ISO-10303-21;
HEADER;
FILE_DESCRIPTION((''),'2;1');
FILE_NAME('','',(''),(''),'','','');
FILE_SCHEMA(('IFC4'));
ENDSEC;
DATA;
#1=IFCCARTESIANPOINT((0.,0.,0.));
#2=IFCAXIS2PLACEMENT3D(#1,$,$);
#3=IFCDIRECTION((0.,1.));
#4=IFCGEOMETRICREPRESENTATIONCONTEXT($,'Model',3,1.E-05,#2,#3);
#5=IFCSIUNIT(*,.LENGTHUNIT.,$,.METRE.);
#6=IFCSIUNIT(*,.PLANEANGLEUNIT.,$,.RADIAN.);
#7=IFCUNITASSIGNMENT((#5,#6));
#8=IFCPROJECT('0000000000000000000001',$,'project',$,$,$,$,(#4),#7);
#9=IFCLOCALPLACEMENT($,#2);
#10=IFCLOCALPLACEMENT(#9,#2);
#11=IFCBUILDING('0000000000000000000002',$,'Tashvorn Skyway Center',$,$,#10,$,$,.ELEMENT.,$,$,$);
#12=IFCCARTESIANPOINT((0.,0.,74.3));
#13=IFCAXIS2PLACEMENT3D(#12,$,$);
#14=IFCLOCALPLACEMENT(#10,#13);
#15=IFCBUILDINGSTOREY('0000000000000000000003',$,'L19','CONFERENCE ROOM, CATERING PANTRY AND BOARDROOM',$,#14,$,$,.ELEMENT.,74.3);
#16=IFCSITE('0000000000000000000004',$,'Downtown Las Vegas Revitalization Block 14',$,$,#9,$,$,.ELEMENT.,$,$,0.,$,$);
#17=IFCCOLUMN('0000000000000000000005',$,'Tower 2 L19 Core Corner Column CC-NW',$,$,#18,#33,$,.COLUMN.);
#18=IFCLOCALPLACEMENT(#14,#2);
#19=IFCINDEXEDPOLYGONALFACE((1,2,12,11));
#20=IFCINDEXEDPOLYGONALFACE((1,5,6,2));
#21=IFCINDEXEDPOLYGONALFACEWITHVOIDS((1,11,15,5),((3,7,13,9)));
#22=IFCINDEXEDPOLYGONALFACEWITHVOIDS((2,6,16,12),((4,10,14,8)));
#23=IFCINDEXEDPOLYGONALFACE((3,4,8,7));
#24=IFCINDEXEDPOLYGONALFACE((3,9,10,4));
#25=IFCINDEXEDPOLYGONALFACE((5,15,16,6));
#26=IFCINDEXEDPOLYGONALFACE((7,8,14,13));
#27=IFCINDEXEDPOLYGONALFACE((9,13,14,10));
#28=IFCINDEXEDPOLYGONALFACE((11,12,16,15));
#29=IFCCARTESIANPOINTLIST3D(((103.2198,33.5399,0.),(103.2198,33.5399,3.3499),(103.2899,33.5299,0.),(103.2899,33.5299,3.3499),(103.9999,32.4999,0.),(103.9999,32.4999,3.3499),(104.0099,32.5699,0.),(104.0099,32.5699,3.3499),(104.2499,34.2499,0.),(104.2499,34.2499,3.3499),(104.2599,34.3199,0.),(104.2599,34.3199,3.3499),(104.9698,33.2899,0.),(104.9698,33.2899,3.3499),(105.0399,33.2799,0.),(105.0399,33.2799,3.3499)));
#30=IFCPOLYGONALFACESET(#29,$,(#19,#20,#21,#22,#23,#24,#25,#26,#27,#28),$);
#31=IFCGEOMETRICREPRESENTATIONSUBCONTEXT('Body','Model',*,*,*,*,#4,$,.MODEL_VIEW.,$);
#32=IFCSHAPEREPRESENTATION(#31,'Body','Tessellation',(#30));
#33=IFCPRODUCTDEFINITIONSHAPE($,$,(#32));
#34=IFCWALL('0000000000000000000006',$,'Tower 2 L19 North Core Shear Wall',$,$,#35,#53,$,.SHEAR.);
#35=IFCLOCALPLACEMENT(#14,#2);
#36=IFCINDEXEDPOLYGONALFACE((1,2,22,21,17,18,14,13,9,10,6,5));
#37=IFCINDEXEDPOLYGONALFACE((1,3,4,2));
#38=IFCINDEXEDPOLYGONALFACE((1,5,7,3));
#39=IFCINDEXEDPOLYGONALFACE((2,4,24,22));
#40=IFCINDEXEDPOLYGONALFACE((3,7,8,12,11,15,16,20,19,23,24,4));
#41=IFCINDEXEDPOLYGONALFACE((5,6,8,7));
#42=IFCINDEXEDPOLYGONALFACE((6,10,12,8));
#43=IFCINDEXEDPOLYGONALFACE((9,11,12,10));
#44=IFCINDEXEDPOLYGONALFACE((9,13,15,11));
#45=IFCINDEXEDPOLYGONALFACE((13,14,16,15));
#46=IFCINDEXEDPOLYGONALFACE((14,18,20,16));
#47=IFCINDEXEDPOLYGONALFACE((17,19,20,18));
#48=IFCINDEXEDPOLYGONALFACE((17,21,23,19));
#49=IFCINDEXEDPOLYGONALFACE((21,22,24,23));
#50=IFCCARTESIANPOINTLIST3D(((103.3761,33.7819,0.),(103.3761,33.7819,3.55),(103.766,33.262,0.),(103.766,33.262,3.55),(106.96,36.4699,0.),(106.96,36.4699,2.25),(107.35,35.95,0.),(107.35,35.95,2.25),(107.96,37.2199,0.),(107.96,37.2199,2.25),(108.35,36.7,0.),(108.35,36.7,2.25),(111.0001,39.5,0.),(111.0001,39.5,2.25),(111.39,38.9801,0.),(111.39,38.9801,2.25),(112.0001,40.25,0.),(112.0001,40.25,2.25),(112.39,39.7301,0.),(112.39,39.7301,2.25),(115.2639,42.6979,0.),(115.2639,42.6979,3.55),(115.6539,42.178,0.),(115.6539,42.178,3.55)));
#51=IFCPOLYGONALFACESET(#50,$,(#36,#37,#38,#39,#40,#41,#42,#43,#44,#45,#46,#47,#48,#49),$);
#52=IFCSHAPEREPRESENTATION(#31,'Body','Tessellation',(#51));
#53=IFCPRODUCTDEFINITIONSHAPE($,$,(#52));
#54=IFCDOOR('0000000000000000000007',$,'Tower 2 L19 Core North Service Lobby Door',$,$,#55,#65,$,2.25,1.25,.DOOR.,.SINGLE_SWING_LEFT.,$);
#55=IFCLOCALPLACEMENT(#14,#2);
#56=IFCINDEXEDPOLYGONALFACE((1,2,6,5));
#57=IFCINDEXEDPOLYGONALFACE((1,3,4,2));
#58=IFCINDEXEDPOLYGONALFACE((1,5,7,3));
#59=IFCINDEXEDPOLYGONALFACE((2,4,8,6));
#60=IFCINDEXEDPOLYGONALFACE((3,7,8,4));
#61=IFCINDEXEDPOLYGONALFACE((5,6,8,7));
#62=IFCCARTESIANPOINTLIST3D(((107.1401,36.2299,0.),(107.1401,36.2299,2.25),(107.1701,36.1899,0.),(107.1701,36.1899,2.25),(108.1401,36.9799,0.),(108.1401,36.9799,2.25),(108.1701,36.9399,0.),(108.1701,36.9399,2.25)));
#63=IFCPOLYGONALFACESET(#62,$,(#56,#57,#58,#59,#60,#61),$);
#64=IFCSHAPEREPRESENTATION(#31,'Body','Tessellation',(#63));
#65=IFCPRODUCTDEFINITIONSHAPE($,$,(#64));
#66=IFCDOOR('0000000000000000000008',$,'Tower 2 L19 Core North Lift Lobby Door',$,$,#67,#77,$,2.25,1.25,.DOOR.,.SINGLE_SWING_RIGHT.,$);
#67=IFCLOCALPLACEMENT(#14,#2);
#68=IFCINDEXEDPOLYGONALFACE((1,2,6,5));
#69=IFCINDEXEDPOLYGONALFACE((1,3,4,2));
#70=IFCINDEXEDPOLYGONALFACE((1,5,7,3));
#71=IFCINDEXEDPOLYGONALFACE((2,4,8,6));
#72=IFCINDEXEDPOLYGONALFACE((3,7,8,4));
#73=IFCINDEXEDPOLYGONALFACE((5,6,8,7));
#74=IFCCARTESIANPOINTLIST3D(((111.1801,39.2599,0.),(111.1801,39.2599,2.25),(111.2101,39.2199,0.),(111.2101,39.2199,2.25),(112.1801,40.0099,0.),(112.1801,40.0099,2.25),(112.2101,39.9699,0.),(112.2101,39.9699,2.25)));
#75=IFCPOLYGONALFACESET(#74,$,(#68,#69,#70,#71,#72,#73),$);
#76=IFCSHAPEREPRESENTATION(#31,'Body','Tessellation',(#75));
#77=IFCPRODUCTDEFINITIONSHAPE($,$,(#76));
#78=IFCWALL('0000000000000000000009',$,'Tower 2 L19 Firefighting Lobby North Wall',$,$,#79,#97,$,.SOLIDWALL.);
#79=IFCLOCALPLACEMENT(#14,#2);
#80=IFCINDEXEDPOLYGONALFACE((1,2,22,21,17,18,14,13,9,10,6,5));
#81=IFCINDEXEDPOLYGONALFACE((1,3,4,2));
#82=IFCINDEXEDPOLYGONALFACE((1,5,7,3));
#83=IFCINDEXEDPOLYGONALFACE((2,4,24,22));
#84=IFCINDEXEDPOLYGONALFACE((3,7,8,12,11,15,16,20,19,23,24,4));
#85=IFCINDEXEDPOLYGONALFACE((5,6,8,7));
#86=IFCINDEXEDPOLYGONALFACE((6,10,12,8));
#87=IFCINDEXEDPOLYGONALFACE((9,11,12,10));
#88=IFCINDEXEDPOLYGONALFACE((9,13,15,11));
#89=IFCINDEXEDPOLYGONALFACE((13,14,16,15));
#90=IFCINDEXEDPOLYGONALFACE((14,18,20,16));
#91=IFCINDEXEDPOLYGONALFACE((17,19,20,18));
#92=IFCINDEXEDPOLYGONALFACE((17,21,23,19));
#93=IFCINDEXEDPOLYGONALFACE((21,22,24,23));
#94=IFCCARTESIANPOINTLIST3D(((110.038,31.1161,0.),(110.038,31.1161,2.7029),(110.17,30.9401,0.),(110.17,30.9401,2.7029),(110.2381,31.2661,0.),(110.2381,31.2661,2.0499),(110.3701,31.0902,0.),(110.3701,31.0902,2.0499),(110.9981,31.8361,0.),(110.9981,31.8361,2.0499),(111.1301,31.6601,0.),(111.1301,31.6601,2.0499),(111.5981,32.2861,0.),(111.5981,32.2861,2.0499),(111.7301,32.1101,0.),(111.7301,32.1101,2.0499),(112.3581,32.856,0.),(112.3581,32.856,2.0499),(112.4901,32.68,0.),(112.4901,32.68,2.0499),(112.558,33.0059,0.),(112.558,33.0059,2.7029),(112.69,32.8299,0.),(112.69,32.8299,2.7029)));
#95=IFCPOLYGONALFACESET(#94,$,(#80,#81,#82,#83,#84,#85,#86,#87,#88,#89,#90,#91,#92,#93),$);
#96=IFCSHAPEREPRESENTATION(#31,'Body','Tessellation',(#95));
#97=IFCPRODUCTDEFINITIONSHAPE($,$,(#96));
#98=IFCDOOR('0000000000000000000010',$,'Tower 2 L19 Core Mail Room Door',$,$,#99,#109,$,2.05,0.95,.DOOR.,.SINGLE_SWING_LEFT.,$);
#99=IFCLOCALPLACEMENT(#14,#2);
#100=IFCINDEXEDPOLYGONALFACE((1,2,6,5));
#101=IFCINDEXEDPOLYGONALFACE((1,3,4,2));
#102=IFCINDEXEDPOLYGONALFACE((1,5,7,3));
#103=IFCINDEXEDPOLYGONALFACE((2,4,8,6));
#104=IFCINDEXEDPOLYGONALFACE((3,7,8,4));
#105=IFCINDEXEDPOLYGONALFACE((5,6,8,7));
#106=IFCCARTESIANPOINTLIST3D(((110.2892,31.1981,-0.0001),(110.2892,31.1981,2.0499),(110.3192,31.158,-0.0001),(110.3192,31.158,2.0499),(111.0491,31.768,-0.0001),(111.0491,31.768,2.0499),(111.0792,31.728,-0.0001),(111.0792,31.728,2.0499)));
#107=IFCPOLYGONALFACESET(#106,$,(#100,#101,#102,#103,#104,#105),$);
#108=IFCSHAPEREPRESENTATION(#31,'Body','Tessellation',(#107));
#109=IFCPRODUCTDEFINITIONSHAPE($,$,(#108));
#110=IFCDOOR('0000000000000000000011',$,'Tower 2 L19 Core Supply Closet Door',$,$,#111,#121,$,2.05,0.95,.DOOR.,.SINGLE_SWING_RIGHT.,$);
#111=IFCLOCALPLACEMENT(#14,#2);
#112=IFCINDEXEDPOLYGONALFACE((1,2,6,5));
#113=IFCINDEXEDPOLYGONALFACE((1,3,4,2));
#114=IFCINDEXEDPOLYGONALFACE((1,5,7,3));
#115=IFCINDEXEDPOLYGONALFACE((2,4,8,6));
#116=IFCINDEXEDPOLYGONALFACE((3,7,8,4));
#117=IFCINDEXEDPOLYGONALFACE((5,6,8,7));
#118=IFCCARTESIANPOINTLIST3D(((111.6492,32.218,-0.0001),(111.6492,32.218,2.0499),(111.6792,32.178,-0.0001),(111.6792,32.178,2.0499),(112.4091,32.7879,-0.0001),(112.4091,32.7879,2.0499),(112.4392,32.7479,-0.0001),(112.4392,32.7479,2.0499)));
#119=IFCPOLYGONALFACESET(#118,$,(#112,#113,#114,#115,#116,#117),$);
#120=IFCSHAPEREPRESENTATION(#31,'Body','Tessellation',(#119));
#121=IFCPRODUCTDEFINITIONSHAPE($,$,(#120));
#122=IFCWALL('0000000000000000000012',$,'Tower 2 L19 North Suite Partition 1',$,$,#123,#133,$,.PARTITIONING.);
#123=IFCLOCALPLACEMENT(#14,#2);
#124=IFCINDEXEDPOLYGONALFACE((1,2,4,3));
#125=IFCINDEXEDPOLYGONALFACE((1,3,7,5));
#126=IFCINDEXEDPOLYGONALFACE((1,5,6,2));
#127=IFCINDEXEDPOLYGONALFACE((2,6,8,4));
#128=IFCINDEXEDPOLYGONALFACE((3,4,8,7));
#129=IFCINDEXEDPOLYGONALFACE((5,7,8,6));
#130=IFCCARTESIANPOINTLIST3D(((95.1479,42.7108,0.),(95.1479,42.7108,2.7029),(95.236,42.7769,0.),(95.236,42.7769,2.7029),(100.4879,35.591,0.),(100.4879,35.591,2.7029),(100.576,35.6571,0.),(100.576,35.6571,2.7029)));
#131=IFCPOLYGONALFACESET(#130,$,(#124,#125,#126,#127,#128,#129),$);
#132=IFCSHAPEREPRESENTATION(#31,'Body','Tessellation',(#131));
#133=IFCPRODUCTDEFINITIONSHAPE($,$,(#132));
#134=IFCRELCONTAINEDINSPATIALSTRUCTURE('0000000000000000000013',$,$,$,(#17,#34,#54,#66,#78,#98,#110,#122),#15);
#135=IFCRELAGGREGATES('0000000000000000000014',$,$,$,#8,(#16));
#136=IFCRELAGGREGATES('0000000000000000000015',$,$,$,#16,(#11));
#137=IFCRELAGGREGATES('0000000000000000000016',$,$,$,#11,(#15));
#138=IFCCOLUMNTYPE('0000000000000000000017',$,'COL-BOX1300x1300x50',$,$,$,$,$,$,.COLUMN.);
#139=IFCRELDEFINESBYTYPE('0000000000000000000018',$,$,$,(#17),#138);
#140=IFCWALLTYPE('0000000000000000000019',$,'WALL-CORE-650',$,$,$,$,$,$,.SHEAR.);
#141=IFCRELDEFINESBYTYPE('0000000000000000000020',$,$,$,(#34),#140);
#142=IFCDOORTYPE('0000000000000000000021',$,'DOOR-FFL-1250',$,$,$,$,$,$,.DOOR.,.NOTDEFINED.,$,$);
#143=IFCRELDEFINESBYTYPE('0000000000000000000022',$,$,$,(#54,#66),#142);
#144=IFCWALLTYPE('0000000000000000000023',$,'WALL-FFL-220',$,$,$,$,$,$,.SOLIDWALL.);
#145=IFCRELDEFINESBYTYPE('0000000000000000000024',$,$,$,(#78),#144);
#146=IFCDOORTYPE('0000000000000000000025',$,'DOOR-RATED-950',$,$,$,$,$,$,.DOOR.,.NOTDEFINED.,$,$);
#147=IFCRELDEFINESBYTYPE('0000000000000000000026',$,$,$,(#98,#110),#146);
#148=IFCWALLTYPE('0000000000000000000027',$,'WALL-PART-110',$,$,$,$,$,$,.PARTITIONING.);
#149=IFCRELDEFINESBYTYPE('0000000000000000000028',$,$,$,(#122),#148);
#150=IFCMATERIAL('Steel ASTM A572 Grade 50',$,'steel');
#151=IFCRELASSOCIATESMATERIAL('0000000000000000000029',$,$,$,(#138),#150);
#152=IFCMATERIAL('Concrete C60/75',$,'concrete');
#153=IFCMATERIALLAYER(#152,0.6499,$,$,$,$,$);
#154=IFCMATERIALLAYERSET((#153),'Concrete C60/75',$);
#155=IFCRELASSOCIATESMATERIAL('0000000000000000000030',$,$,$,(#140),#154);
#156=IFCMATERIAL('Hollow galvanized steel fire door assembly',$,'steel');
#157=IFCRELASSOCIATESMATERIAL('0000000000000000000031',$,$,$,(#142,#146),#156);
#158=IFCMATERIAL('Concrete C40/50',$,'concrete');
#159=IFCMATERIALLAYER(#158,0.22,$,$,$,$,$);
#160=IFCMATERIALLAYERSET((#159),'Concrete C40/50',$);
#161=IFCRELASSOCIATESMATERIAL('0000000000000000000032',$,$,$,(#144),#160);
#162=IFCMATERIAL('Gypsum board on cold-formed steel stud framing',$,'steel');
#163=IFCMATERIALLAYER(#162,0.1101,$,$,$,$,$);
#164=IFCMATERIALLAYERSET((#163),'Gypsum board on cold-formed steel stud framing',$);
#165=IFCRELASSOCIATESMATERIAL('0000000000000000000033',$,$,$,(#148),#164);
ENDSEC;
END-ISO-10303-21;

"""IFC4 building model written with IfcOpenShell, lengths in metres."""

from ifc_helpers import new_model, si_unit, direction, frame, frame_2d, origin, origin_2d, place, context, subcontext, project, spatial, rectangle, hollow_rectangle, extrude, material, layer, layer_set, material_profile, profile_set, type_object, element, fill, save


model = new_model("IFC4")

# Units and contexts
model_context = context("Model", 3, precision=1e-05, world=origin(), true_north=direction((0.0, 1.0)))
body_context = subcontext(model_context, "Body", "Model", "MODEL_VIEW")
ifc_project = project(units=[si_unit("LENGTHUNIT", "METRE"), si_unit("PLANEANGLEUNIT", "RADIAN")], contexts=[model_context])

# Site, building, storey
site_placement = place(None, origin())
site = spatial("IfcSite", under=ifc_project, at=site_placement, Name="Downtown Las Vegas Revitalization Block 14", CompositionType="ELEMENT", RefElevation=0.0)
building_placement = place(site_placement, origin())
building = spatial("IfcBuilding", under=site, at=building_placement, Name="Tashvorn Skyway Center", CompositionType="ELEMENT")
storey_placement = place(building_placement, frame((0.0, 0.0, 74.3)))
storey = spatial("IfcBuildingStorey", under=building, at=storey_placement, Name="L19", Description="CONFERENCE ROOM, CATERING PANTRY AND BOARDROOM", CompositionType="ELEMENT", Elevation=74.3)

# Column
ifc_material_1 = material(Name="Steel ASTM A572 Grade 50", Category="steel")
ifc_material_profile = material_profile(ifc_material_1, hollow_rectangle(XDim=1.3, YDim=1.3, WallThickness=0.05, at=origin_2d()), Name="BOX1300x1300x50")
ifc_profile_set = profile_set([ifc_material_profile], Name="Steel ASTM A572 Grade 50")
column_type = type_object("IfcColumnType", Name="COL-BOX1300x1300x50", PredefinedType="COLUMN", material=ifc_profile_set)
column_placement = place(storey_placement, frame((104.1299, 33.4099, 0.0), z_axis=(0.0, 0.0, 1.0), x_axis=(0.8, 0.6, 0.0)))
element("IfcColumn", 1, at=column_placement, inside=storey, type_object=column_type, Name="Tower 2 L19 Core Corner Column CC-NW", PredefinedType="COLUMN", context=body_context, shape_type="SweptSolid", body=[
    extrude(hollow_rectangle(XDim=1.3, YDim=1.3, WallThickness=0.05, at=origin_2d()), origin(), (0.0, 0.0, 1.0), 3.3499),
])

# Walls, openings, doors
ifc_material_2 = material(Name="Concrete C60/75", Category="concrete")
ifc_layer_1 = layer(ifc_material_2, 0.6499)
ifc_layer_set_1 = layer_set([ifc_layer_1], Name="Concrete C60/75")
wall_type_1 = type_object("IfcWallType", Name="WALL-CORE-650", PredefinedType="SHEAR", material=ifc_layer_set_1)
wall_1_placement = place(storey_placement, frame((103.571, 33.522, 0.0), z_axis=(0.0, 0.0, 1.0), x_axis=(0.799998, 0.600003, 0.0)))
wall_1 = element("IfcWall", 2, at=wall_1_placement, inside=storey, type_object=wall_type_1, Name="Tower 2 L19 North Core Shear Wall", PredefinedType="SHEAR", context=body_context, shape_type="SweptSolid", body=[
    extrude(rectangle(XDim=14.8599, YDim=0.6499, at=frame_2d((7.4299, 0.0))), origin(), (0.0, 0.0, 1.0), 3.55),
])
opening_1_placement = place(wall_1_placement, frame((4.48, 0.0, 0.0)))
opening_1 = element("IfcOpeningElement", 3, at=opening_1_placement, cuts=wall_1, PredefinedType="OPENING", context=body_context, shape_type="SweptSolid", body=[
    extrude(rectangle(XDim=1.25, YDim=2.25, at=frame_2d((0.625, 1.125))), frame((0.0, 0.335, 0.0), z_axis=(0.0, -1.0, 0.0), x_axis=(1.0, 0.0, 0.0)), (0.0, 0.0, 1.0), 0.6699),
])
opening_2_placement = place(wall_1_placement, frame((9.53, 0.0, 0.0)))
opening_2 = element("IfcOpeningElement", 4, at=opening_2_placement, cuts=wall_1, PredefinedType="OPENING", context=body_context, shape_type="SweptSolid", body=[
    extrude(rectangle(XDim=1.25, YDim=2.25, at=frame_2d((0.625, 1.125))), frame((0.0, 0.335, 0.0), z_axis=(0.0, -1.0, 0.0), x_axis=(1.0, 0.0, 0.0)), (0.0, 0.0, 1.0), 0.6699),
])
ifc_material_3 = material(Name="Hollow galvanized steel fire door assembly", Category="steel")
door_type_1 = type_object("IfcDoorType", Name="DOOR-FFL-1250", OperationType="NOTDEFINED", PredefinedType="DOOR", material=ifc_material_3)
door_1_placement = place(opening_1_placement, origin())
door_1 = element("IfcDoor", 5, at=door_1_placement, inside=storey, type_object=door_type_1, Name="Tower 2 L19 Core North Service Lobby Door", OperationType="SINGLE_SWING_LEFT", OverallHeight=2.25, OverallWidth=1.25, PredefinedType="DOOR", context=body_context, shape_type="SweptSolid", body=[
    extrude(rectangle(XDim=1.25, YDim=2.25, at=frame_2d((0.625, 1.125))), frame((0.0, 0.0249, 0.0), z_axis=(0.0, -1.0, 0.0), x_axis=(1.0, 0.0, 0.0)), (0.0, 0.0, 1.0), 0.05),
])
fill(opening_1, door_1)
door_2_placement = place(opening_2_placement, origin())
door_2 = element("IfcDoor", 6, at=door_2_placement, inside=storey, type_object=door_type_1, Name="Tower 2 L19 Core North Lift Lobby Door", OperationType="SINGLE_SWING_RIGHT", OverallHeight=2.25, OverallWidth=1.25, PredefinedType="DOOR", context=body_context, shape_type="SweptSolid", body=[
    extrude(rectangle(XDim=1.25, YDim=2.25, at=frame_2d((0.625, 1.125))), frame((0.0, 0.0249, 0.0), z_axis=(0.0, -1.0, 0.0), x_axis=(1.0, 0.0, 0.0)), (0.0, 0.0, 1.0), 0.05),
])
fill(opening_2, door_2)
ifc_material_4 = material(Name="Concrete C40/50", Category="concrete")
ifc_layer_2 = layer(ifc_material_4, 0.22)
ifc_layer_set_2 = layer_set([ifc_layer_2], Name="Concrete C40/50")
wall_type_2 = type_object("IfcWallType", Name="WALL-FFL-220", PredefinedType="SOLIDWALL", material=ifc_layer_set_2)
wall_2_placement = place(storey_placement, frame((110.104, 31.0281, 0.0), z_axis=(0.0, 0.0, 1.0), x_axis=(0.800019, 0.599975, 0.0)))
wall_2 = element("IfcWall", 7, at=wall_2_placement, inside=storey, type_object=wall_type_2, Name="Tower 2 L19 Firefighting Lobby North Wall", PredefinedType="SOLIDWALL", context=body_context, shape_type="SweptSolid", body=[
    extrude(rectangle(XDim=3.1499, YDim=0.22, at=frame_2d((1.575, 0.0))), origin(), (0.0, 0.0, 1.0), 2.7029),
])
opening_3_placement = place(wall_2_placement, frame((0.25, 0.0, 0.0)))
opening_3 = element("IfcOpeningElement", 8, at=opening_3_placement, cuts=wall_2, PredefinedType="OPENING", context=body_context, shape_type="SweptSolid", body=[
    extrude(rectangle(XDim=0.95, YDim=2.05, at=frame_2d((0.4751, 1.0249))), frame((0.0, 0.1199, 0.0), z_axis=(0.0, -1.0, 0.0), x_axis=(1.0, 0.0, 0.0)), (0.0, 0.0, 1.0), 0.24),
])
opening_4_placement = place(wall_2_placement, frame((1.95, 0.0, 0.0)))
opening_4 = element("IfcOpeningElement", 9, at=opening_4_placement, cuts=wall_2, PredefinedType="OPENING", context=body_context, shape_type="SweptSolid", body=[
    extrude(rectangle(XDim=0.95, YDim=2.05, at=frame_2d((0.4751, 1.0249))), frame((0.0, 0.1199, 0.0), z_axis=(0.0, -1.0, 0.0), x_axis=(1.0, 0.0, 0.0)), (0.0, 0.0, 1.0), 0.24),
])
door_type_2 = type_object("IfcDoorType", Name="DOOR-RATED-950", OperationType="NOTDEFINED", PredefinedType="DOOR", material=ifc_material_3)
door_3_placement = place(opening_3_placement, origin())
door_3 = element("IfcDoor", 10, at=door_3_placement, inside=storey, type_object=door_type_2, Name="Tower 2 L19 Core Mail Room Door", OperationType="SINGLE_SWING_LEFT", OverallHeight=2.05, OverallWidth=0.95, PredefinedType="DOOR", context=body_context, shape_type="SweptSolid", body=[
    extrude(rectangle(XDim=0.95, YDim=2.05, at=frame_2d((0.4751, 1.0249))), frame((0.0, 0.0249, 0.0), z_axis=(0.0, -1.0, 0.0), x_axis=(1.0, 0.0, 0.0)), (0.0, 0.0, 1.0), 0.05),
])
fill(opening_3, door_3)
door_4_placement = place(opening_4_placement, origin())
door_4 = element("IfcDoor", 11, at=door_4_placement, inside=storey, type_object=door_type_2, Name="Tower 2 L19 Core Supply Closet Door", OperationType="SINGLE_SWING_RIGHT", OverallHeight=2.05, OverallWidth=0.95, PredefinedType="DOOR", context=body_context, shape_type="SweptSolid", body=[
    extrude(rectangle(XDim=0.95, YDim=2.05, at=frame_2d((0.4751, 1.0249))), frame((0.0, 0.0249, 0.0), z_axis=(0.0, -1.0, 0.0), x_axis=(1.0, 0.0, 0.0)), (0.0, 0.0, 1.0), 0.05),
])
fill(opening_4, door_4)

# Wall
ifc_material_5 = material(Name="Gypsum board on cold-formed steel stud framing", Category="steel")
ifc_layer_3 = layer(ifc_material_5, 0.1101)
ifc_layer_set_3 = layer_set([ifc_layer_3], Name="Gypsum board on cold-formed steel stud framing")
wall_type_3 = type_object("IfcWallType", Name="WALL-PART-110", PredefinedType="PARTITIONING", material=ifc_layer_set_3)
wall_3_placement = place(storey_placement, frame((100.532, 35.624, 0.0), z_axis=(0.0, 0.0, 1.0), x_axis=(-0.600013, 0.79999, 0.0)))
element("IfcWall", 12, at=wall_3_placement, inside=storey, type_object=wall_type_3, Name="Tower 2 L19 North Suite Partition 1", PredefinedType="PARTITIONING", context=body_context, shape_type="SweptSolid", body=[
    extrude(rectangle(XDim=8.8999, YDim=0.1101, at=frame_2d((4.45, 0.0))), origin(), (0.0, 0.0, 1.0), 2.7029),
])

save(model, "model.ifc")
